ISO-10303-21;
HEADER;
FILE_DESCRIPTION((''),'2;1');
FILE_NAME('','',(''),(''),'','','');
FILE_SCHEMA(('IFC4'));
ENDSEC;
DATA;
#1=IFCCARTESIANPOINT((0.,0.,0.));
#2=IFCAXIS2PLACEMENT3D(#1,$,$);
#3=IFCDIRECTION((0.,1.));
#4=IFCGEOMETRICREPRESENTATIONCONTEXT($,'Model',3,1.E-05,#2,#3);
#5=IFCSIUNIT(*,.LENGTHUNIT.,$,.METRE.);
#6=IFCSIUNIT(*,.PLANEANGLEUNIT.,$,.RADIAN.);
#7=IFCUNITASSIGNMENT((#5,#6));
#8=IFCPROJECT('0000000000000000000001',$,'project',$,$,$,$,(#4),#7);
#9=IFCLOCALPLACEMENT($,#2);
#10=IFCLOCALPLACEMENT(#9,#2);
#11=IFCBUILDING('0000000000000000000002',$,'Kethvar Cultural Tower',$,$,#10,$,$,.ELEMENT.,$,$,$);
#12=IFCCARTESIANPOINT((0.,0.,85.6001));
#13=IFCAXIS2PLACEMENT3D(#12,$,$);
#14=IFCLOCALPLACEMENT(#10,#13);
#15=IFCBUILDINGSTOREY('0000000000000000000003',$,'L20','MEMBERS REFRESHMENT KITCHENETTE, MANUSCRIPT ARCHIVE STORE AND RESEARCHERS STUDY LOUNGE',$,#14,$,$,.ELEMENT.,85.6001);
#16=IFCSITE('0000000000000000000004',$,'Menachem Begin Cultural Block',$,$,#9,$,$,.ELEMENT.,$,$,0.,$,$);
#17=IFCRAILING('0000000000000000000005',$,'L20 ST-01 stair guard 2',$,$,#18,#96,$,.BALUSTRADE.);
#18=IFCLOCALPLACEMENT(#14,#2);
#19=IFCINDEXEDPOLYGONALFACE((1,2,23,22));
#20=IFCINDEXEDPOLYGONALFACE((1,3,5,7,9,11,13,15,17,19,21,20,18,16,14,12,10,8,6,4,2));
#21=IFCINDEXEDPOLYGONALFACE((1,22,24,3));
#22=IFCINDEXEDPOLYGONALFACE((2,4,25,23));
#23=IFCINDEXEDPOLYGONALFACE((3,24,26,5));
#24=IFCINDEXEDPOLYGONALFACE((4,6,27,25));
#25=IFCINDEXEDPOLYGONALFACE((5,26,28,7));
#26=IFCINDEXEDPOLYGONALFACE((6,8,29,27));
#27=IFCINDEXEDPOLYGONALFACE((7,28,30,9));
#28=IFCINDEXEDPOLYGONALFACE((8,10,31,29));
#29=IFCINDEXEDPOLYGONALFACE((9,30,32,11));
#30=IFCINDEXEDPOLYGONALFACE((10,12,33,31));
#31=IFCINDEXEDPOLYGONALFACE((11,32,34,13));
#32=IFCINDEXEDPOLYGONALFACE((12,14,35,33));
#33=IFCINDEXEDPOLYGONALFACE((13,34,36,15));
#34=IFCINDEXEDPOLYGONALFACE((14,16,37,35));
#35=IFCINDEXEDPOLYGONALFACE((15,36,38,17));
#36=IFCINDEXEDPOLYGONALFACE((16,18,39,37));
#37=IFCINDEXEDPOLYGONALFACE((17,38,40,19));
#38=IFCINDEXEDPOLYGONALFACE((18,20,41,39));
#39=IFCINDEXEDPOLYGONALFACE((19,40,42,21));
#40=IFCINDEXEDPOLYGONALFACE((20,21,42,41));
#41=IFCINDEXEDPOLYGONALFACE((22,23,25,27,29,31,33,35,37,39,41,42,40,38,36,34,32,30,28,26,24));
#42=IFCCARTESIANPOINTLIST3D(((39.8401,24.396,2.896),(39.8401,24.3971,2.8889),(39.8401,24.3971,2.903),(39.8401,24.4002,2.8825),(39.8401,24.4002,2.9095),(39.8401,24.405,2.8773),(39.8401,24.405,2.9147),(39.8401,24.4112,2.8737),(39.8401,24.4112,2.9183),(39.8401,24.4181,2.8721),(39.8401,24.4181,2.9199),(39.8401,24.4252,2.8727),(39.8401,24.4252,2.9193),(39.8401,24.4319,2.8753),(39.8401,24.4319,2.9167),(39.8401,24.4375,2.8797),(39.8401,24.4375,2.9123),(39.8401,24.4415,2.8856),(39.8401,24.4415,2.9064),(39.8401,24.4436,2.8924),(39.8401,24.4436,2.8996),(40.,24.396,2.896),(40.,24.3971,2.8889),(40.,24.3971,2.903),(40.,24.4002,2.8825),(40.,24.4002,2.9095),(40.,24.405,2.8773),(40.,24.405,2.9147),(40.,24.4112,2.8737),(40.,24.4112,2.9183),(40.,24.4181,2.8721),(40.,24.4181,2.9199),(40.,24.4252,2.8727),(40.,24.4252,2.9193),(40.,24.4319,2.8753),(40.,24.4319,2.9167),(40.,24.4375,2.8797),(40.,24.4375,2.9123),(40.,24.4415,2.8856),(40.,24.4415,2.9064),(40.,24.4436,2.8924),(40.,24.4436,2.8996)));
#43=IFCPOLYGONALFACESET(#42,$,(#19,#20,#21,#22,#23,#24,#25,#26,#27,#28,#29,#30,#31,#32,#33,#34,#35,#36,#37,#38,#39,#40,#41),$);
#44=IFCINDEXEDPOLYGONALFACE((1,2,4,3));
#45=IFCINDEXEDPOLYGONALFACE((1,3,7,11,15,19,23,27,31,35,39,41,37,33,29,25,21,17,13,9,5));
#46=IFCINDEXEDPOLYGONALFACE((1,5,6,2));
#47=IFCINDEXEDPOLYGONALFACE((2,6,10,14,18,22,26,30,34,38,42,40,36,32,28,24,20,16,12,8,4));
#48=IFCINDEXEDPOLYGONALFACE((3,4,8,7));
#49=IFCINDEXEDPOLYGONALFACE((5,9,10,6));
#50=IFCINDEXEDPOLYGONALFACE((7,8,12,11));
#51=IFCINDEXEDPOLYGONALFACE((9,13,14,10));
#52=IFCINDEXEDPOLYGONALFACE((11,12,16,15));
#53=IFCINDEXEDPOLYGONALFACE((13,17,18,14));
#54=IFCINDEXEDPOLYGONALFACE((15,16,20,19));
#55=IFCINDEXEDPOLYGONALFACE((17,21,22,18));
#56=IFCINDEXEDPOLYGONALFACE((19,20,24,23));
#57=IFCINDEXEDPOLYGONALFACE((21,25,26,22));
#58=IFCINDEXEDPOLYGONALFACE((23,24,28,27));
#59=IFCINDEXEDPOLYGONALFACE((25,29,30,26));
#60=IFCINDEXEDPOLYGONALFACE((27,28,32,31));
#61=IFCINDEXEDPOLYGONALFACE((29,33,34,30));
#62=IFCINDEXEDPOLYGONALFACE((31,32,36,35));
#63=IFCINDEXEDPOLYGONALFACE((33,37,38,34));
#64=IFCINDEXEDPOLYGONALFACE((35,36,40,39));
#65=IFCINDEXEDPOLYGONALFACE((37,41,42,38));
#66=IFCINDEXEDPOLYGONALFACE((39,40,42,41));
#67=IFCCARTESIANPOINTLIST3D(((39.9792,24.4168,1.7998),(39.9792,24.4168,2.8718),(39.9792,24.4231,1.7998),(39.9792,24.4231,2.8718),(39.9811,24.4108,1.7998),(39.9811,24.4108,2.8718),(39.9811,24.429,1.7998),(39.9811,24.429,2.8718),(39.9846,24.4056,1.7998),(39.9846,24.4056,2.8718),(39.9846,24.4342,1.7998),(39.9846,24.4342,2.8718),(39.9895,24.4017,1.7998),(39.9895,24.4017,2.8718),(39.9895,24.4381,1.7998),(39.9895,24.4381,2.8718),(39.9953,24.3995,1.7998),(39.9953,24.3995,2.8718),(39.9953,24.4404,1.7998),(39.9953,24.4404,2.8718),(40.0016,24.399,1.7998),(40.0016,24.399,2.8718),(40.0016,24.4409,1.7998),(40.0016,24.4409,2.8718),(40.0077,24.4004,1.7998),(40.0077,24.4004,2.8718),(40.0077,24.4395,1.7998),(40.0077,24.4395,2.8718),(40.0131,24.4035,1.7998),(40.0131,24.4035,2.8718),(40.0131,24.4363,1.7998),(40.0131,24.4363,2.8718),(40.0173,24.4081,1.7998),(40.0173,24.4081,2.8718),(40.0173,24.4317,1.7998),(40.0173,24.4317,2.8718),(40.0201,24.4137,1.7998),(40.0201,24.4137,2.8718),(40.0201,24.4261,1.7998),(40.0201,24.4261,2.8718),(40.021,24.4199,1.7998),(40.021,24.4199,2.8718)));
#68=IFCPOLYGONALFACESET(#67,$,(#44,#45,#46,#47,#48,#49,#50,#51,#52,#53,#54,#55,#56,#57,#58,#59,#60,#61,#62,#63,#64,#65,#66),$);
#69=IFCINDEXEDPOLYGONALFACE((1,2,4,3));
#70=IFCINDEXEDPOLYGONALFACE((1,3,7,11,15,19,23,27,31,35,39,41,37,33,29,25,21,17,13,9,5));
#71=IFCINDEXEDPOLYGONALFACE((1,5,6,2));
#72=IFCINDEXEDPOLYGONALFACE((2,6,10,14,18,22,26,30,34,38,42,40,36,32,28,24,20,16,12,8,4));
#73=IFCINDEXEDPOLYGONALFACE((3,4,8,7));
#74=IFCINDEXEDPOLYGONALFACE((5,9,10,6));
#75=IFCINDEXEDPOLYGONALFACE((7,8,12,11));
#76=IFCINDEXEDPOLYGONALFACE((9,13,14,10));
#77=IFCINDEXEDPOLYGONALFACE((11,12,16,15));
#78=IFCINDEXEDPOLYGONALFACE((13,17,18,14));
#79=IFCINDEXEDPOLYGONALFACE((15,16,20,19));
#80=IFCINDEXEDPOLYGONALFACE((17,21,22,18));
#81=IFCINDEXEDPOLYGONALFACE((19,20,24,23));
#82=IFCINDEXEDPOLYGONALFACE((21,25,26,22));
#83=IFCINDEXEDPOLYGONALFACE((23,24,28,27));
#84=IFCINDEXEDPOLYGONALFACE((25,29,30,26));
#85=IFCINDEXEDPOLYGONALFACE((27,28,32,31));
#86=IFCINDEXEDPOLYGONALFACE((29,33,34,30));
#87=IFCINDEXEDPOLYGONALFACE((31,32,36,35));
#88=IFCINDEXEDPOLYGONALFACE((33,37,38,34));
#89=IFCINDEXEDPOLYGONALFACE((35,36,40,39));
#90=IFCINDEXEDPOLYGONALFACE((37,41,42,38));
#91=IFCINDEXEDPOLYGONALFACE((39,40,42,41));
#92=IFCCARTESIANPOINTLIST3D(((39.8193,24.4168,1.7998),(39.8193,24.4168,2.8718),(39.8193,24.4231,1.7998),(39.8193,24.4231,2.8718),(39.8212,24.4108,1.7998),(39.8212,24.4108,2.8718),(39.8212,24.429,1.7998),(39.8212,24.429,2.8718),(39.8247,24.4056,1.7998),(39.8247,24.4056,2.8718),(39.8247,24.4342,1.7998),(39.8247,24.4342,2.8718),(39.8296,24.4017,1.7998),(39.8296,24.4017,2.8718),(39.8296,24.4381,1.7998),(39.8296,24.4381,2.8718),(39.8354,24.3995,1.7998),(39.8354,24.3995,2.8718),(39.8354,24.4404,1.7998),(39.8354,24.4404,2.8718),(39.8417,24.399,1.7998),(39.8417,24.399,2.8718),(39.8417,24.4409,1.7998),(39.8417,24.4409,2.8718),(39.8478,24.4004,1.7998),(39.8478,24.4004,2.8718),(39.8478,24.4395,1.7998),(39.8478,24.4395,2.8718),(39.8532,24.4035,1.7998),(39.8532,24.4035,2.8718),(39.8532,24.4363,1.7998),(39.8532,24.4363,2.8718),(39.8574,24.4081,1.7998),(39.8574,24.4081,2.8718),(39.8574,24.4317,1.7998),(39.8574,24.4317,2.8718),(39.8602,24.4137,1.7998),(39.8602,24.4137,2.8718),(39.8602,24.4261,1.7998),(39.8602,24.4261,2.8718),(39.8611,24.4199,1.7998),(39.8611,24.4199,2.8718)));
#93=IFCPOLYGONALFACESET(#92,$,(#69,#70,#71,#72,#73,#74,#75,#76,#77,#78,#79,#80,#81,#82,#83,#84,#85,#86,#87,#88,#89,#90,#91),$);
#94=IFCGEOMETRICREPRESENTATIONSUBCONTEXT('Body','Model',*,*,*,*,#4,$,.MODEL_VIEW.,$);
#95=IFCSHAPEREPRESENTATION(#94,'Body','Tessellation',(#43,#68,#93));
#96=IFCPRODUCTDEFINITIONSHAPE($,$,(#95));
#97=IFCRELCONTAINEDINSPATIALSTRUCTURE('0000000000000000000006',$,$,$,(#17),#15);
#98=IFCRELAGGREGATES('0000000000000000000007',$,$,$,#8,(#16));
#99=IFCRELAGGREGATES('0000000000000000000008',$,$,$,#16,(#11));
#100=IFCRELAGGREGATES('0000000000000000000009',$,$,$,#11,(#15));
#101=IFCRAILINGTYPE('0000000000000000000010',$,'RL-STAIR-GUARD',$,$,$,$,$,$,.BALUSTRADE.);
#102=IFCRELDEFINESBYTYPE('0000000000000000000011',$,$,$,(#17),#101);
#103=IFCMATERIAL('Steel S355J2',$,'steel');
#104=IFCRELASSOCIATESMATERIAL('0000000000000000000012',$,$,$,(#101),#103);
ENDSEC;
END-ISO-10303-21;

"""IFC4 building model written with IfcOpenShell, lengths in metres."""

from ifc_helpers import new_model, si_unit, direction, frame, origin, origin_2d, place, context, subcontext, project, spatial, circle, extrude, material, type_object, element, save


model = new_model("IFC4")

# Units and contexts
model_context = context("Model", 3, precision=1e-05, world=origin(), true_north=direction((0.0, 1.0)))
body_context = subcontext(model_context, "Body", "Model", "MODEL_VIEW")
ifc_project = project(units=[si_unit("LENGTHUNIT", "METRE"), si_unit("PLANEANGLEUNIT", "RADIAN")], contexts=[model_context])

# Site, building, storey
site_placement = place(None, origin())
site = spatial("IfcSite", under=ifc_project, at=site_placement, Name="Menachem Begin Cultural Block", CompositionType="ELEMENT", RefElevation=0.0)
building_placement = place(site_placement, origin())
building = spatial("IfcBuilding", under=site, at=building_placement, Name="Kethvar Cultural Tower", CompositionType="ELEMENT")
storey_placement = place(building_placement, frame((0.0, 0.0, 85.6001)))
storey = spatial("IfcBuildingStorey", under=building, at=storey_placement, Name="L20", Description="MEMBERS REFRESHMENT KITCHENETTE, MANUSCRIPT ARCHIVE STORE AND RESEARCHERS STUDY LOUNGE", CompositionType="ELEMENT", Elevation=85.6001)

# Shared definitions
ifc_material_1 = material(Name="Steel S355J2", Category="steel")

# Railing
railing_type_1 = type_object("IfcRailingType", Name="RL-STAIR-GUARD", PredefinedType="BALUSTRADE", material=ifc_material_1)
railing_1_placement = place(storey_placement, frame((40.0, 24.4199, 1.7998)))
element("IfcRailing", 1, at=railing_1_placement, inside=storey, type_object=railing_type_1, Name="L20 ST-01 stair guard 2", PredefinedType="BALUSTRADE", context=body_context, shape_type="SweptSolid", body=[
    extrude(circle(Radius=0.0239, at=origin_2d()), frame((0.0, 0.0, 1.0962), z_axis=(-1.0, 0.0, 0.0), x_axis=(0.0, -1.0, 0.0)), (0.0, 0.0, 1.0), 0.1599),
    extrude(circle(Radius=0.021, at=origin_2d()), origin(), (0.0, 0.0, 1.0), 1.072),
    extrude(circle(Radius=0.021, at=origin_2d()), frame((-0.1599, 0.0, 0.0)), (0.0, 0.0, 1.0), 1.072),
])

save(model, "model.ifc")
